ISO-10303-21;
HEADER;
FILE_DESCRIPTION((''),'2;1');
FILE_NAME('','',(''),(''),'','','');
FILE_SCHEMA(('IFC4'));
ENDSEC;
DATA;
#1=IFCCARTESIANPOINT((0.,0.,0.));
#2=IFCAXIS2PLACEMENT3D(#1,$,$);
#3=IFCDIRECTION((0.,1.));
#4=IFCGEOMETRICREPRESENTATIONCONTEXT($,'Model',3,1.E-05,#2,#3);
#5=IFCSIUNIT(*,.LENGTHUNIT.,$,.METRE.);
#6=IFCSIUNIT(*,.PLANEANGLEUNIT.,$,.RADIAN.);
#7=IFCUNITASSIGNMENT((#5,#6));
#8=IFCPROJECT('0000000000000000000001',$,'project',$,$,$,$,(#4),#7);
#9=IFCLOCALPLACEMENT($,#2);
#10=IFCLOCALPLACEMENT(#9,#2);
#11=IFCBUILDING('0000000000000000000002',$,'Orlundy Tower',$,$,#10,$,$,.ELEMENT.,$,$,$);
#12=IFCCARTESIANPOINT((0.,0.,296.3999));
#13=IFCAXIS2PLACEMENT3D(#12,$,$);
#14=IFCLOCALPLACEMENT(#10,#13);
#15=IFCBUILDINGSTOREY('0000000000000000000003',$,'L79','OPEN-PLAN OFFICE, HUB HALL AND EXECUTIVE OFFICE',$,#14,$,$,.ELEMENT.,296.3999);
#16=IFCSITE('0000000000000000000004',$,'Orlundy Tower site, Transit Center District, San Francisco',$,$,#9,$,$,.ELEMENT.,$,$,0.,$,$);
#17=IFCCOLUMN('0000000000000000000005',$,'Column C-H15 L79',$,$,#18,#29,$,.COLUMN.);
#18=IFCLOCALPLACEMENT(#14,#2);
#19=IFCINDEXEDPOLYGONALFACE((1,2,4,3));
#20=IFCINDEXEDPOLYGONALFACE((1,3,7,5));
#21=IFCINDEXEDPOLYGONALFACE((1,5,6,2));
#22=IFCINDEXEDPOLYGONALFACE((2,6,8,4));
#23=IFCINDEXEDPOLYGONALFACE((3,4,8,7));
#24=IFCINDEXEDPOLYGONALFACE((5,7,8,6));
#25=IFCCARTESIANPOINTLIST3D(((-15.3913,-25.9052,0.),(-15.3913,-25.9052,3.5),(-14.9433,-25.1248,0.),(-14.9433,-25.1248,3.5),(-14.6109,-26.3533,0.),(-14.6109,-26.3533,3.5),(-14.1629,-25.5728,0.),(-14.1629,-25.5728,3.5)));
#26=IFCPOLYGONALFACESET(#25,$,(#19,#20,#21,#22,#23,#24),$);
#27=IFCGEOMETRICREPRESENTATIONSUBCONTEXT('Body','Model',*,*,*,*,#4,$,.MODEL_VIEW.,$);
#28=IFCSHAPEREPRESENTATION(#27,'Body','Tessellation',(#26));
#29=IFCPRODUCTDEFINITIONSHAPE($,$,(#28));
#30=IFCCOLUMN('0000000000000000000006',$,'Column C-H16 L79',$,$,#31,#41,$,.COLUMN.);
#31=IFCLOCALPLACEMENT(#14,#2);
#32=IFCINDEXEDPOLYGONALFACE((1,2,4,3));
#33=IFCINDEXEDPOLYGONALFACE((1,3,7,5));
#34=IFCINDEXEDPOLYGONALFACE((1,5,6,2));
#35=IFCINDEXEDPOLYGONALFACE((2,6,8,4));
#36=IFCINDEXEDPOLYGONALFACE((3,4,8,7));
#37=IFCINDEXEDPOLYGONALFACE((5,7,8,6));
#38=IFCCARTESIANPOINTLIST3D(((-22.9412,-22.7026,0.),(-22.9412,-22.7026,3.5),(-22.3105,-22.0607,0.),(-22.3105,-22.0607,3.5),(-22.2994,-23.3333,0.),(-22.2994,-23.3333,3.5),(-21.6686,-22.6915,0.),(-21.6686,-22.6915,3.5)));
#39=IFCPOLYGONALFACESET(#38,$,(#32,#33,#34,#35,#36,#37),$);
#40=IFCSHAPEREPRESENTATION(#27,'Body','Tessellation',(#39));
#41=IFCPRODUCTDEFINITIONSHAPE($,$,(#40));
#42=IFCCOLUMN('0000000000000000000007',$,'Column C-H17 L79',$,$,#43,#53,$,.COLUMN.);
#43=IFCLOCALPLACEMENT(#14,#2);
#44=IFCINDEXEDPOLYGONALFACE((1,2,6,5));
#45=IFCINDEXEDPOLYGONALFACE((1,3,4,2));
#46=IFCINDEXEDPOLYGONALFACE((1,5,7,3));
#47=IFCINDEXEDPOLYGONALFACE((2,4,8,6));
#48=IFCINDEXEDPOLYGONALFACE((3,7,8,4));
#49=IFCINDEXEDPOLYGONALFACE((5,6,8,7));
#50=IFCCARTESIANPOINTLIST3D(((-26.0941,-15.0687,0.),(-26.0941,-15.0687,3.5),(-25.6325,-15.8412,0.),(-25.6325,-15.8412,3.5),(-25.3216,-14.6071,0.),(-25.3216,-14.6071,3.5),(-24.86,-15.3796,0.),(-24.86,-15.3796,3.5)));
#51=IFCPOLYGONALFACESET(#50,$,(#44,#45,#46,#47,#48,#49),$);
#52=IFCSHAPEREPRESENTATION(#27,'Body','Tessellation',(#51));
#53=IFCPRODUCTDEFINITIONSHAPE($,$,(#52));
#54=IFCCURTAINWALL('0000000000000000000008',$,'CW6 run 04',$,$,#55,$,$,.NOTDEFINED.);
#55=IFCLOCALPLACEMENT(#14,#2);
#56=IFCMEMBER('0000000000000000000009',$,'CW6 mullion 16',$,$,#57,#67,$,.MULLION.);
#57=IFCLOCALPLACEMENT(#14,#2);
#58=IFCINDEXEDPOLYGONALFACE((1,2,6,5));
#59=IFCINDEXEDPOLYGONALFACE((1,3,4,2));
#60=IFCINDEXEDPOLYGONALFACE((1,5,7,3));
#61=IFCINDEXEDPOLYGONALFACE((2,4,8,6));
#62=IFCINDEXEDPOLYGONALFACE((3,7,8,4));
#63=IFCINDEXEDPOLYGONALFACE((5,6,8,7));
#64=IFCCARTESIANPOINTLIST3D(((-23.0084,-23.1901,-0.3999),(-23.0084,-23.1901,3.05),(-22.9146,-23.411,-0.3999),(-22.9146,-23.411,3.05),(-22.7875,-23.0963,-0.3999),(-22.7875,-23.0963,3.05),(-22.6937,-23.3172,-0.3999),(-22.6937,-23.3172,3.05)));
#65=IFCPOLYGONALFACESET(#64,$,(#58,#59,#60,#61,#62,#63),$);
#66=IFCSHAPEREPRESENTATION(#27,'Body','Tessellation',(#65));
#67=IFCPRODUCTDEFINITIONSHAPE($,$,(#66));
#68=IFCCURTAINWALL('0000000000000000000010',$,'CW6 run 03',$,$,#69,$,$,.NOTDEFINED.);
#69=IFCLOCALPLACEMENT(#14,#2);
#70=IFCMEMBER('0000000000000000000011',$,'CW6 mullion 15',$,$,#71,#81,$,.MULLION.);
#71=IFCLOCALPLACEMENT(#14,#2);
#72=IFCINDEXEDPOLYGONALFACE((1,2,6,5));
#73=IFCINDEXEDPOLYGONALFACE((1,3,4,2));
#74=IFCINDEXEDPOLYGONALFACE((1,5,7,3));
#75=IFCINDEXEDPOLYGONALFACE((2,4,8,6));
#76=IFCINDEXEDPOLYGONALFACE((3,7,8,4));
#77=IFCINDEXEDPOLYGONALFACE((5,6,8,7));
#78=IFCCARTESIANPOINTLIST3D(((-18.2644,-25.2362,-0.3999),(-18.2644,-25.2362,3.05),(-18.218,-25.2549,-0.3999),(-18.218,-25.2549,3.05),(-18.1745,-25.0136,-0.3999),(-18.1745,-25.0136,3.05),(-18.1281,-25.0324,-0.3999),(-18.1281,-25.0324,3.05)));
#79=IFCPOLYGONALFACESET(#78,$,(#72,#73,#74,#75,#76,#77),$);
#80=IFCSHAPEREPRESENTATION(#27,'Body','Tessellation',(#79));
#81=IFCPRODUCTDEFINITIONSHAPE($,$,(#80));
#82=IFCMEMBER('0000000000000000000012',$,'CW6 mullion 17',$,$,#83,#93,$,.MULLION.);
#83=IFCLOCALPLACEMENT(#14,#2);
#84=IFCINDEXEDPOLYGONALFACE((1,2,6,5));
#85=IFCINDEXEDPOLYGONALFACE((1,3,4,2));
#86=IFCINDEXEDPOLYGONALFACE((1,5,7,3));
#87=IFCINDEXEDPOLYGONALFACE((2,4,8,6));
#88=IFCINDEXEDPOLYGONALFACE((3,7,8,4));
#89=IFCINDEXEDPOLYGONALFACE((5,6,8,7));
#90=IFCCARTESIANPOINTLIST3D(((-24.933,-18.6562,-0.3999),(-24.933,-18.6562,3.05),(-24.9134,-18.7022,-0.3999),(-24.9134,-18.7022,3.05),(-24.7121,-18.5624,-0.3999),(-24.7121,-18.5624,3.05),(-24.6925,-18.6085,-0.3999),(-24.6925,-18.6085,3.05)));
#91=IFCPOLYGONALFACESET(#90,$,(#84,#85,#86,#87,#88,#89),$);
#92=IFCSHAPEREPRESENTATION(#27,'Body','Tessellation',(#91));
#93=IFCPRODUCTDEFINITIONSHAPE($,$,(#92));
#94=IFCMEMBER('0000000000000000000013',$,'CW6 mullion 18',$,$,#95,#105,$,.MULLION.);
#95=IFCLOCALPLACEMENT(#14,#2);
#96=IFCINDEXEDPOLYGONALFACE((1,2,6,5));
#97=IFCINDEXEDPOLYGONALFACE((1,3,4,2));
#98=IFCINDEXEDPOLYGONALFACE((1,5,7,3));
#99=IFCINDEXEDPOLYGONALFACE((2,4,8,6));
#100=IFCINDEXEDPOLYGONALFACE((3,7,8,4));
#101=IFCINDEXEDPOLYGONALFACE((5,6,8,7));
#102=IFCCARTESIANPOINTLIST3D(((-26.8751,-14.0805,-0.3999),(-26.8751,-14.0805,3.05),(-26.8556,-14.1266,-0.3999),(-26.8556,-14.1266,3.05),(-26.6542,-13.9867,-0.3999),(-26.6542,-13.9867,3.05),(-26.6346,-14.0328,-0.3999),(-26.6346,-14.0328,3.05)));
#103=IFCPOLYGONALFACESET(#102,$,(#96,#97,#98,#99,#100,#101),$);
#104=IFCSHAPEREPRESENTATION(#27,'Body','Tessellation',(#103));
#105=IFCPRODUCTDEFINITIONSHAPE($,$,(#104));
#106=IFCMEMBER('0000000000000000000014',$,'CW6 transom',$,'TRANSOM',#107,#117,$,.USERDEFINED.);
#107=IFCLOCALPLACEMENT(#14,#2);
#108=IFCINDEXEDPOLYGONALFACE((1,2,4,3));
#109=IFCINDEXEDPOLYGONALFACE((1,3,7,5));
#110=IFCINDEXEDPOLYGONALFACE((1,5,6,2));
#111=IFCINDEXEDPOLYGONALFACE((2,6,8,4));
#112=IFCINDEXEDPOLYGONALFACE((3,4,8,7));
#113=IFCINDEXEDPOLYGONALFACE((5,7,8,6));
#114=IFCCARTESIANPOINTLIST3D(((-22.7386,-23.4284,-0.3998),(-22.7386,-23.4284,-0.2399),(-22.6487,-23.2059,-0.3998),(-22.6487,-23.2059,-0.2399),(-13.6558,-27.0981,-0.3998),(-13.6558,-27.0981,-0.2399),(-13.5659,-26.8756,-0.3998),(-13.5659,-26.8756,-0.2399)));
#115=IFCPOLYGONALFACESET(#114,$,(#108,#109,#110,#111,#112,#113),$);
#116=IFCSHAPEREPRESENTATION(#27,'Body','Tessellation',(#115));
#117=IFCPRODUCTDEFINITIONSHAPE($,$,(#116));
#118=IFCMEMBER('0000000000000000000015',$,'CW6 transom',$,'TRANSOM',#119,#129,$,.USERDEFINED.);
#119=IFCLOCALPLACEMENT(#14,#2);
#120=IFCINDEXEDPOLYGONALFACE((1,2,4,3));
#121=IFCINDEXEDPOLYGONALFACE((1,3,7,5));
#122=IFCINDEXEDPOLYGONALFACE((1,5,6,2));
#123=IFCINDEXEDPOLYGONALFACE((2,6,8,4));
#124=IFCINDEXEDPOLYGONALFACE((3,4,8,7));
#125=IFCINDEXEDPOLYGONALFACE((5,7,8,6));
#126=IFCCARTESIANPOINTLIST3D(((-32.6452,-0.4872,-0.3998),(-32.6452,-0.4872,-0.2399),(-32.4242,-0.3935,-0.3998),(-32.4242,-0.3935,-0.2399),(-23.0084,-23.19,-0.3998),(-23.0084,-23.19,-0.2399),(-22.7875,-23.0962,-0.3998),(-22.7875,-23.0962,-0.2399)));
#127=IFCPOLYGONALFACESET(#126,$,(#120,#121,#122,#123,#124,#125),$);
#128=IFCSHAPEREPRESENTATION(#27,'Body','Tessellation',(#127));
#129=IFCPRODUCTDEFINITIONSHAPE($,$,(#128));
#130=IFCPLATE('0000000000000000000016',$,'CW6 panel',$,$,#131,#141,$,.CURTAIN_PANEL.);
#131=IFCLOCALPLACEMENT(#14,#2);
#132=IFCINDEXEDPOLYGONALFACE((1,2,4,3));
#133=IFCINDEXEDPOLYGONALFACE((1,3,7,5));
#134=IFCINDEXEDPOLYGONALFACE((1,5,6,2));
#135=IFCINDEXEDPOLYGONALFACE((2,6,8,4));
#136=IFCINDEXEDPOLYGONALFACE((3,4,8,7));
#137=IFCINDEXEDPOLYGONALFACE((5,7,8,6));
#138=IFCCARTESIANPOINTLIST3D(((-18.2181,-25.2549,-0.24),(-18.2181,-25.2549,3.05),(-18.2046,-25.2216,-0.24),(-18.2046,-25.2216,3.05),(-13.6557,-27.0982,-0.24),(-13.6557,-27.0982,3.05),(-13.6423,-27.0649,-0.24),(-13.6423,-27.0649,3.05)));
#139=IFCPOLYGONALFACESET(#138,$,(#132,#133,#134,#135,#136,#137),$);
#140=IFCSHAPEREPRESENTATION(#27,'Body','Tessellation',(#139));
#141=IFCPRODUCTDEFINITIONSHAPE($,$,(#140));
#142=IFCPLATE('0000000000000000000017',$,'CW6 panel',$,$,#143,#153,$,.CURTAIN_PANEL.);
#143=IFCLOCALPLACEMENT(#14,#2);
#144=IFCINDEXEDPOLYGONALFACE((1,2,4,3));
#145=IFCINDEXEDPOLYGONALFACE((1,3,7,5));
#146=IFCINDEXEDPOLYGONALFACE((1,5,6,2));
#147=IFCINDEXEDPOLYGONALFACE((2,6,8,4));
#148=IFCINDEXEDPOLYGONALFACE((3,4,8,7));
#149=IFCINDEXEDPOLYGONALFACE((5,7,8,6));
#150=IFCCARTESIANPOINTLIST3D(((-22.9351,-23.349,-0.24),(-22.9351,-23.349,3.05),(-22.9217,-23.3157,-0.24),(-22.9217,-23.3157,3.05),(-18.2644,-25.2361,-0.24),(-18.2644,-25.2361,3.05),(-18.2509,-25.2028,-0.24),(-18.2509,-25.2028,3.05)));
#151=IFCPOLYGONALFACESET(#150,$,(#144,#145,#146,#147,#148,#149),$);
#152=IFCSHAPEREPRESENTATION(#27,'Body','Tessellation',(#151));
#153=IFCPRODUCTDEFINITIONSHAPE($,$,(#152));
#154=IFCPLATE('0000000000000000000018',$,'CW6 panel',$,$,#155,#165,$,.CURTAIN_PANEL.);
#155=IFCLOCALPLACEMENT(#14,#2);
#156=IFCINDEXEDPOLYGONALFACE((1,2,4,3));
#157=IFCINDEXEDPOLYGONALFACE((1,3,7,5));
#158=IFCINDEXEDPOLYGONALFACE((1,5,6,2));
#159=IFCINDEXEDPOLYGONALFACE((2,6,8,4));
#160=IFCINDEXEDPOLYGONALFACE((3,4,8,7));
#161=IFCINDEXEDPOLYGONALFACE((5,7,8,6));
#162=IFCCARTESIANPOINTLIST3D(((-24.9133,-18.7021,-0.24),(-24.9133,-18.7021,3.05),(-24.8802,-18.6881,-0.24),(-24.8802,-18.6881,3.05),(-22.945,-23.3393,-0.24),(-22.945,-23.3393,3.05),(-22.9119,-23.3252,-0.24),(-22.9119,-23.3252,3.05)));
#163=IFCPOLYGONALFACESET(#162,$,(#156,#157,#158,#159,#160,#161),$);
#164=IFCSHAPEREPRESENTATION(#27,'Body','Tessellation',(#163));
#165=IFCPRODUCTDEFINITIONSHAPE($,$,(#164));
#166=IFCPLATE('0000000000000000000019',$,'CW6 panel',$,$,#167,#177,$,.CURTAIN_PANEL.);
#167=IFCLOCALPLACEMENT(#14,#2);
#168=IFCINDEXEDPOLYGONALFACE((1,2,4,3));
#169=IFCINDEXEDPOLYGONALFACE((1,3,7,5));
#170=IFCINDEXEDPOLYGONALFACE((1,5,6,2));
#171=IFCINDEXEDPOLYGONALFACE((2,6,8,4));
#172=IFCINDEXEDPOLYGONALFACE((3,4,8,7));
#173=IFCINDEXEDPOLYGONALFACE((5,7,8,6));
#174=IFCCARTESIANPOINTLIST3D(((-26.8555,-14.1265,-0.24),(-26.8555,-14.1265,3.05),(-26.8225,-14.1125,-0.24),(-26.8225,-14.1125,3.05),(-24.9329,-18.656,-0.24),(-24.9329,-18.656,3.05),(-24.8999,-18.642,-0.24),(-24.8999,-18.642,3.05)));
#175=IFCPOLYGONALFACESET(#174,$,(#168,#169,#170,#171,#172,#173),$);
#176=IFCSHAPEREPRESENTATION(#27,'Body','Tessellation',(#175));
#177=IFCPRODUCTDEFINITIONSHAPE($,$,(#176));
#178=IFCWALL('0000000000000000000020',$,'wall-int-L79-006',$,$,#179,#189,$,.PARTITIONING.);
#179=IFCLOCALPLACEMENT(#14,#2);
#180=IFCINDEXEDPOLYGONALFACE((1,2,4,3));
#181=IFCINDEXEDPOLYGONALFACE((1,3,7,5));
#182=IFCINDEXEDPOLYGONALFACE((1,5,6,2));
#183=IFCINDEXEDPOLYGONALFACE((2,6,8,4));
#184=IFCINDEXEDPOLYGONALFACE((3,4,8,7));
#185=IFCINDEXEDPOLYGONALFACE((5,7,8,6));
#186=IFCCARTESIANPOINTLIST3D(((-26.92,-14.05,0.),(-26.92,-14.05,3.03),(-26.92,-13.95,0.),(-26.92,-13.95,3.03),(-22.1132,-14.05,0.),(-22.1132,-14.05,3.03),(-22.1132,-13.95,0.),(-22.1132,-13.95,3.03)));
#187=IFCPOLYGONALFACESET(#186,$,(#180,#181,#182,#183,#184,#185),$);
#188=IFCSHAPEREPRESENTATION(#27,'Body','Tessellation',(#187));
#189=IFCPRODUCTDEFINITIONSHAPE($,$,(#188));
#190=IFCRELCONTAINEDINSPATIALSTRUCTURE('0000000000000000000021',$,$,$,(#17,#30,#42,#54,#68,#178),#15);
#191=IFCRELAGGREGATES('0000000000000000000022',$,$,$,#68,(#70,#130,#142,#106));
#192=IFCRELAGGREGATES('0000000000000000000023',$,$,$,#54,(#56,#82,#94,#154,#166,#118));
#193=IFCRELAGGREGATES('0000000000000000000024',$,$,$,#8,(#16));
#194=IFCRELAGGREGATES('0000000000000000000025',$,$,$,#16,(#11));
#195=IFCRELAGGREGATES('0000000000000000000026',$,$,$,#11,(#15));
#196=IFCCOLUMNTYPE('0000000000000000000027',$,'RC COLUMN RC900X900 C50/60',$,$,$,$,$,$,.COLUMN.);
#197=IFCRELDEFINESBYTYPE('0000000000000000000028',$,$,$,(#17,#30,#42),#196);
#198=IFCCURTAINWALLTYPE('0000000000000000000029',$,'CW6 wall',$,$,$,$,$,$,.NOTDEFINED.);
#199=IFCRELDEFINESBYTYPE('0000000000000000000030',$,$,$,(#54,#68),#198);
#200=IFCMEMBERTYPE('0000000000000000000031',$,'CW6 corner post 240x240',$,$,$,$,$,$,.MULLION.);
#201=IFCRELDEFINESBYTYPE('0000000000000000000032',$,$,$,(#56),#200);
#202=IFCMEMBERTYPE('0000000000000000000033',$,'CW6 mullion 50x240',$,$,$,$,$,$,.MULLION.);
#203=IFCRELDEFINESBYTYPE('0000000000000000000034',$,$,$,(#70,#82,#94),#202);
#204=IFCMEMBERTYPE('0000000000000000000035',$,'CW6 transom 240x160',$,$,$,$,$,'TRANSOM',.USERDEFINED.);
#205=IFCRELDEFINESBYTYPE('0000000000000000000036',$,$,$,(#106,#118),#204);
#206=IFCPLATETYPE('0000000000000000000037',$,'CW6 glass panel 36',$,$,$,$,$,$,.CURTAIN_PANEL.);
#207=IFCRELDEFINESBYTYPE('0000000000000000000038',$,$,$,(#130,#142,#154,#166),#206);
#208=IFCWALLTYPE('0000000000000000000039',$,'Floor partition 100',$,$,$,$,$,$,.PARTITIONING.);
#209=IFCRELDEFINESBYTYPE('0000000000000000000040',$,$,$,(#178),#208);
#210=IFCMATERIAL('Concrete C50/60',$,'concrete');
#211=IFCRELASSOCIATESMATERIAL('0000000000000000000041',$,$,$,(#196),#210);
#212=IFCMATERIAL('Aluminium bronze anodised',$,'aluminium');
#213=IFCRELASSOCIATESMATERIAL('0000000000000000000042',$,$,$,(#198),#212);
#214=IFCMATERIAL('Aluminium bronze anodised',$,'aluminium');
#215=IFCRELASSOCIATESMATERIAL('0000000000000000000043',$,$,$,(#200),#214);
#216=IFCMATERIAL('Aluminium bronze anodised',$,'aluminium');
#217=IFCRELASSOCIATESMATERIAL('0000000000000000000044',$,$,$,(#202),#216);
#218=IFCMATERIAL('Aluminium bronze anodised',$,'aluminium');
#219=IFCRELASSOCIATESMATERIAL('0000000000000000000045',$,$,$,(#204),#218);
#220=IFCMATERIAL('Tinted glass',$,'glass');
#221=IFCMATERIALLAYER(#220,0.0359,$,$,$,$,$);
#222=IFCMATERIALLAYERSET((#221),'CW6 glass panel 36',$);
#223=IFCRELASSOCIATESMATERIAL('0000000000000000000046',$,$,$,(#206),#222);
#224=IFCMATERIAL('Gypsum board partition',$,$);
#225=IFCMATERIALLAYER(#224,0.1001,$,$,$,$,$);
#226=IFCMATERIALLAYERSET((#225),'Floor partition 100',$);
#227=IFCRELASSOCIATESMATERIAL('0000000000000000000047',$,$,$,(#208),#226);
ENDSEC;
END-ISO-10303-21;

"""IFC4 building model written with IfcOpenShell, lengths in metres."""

from ifc_helpers import new_model, si_unit, direction, frame, frame_2d, origin, origin_2d, place, context, subcontext, project, spatial, rectangle, extrude, material, layer, layer_set, material_profile, profile_set, type_object, element, aggregate, save


model = new_model("IFC4")

# Units and contexts
model_context = context("Model", 3, precision=1e-05, world=origin(), true_north=direction((0.0, 1.0)))
body_context = subcontext(model_context, "Body", "Model", "MODEL_VIEW")
ifc_project = project(units=[si_unit("LENGTHUNIT", "METRE"), si_unit("PLANEANGLEUNIT", "RADIAN")], contexts=[model_context])

# Site, building, storey
site_placement = place(None, origin())
site = spatial("IfcSite", under=ifc_project, at=site_placement, Name="Orlundy Tower site, Transit Center District, San Francisco", CompositionType="ELEMENT", RefElevation=0.0)
building_placement = place(site_placement, origin())
building = spatial("IfcBuilding", under=site, at=building_placement, Name="Orlundy Tower", CompositionType="ELEMENT")
storey_placement = place(building_placement, frame((0.0, 0.0, 296.3999)))
storey = spatial("IfcBuildingStorey", under=building, at=storey_placement, Name="L79", Description="OPEN-PLAN OFFICE, HUB HALL AND EXECUTIVE OFFICE", CompositionType="ELEMENT", Elevation=296.3999)

# Columns
ifc_material_1 = material(Name="Concrete C50/60", Category="concrete")
ifc_material_profile_1 = material_profile(ifc_material_1, rectangle(XDim=0.8999, YDim=0.8999, at=origin_2d()), Name="RC900X900")
ifc_profile_set_1 = profile_set([ifc_material_profile_1], Name="Concrete C50/60")
column_type = type_object("IfcColumnType", Name="RC COLUMN RC900X900 C50/60", PredefinedType="COLUMN", material=ifc_profile_set_1)
for number, where, z_axis, x_axis, name in (
    (1, (-14.7771, -25.739, 0.0), (0.0, 0.0, 1.0), (-0.497898, -0.867236, 0.0), "Column C-H15 L79"),
    (2, (-22.3049, -22.697, 0.0), (0.0, 0.0, 1.0), (-0.700922, -0.713238, 0.0), "Column C-H16 L79"),
    (3, (-25.4771, -15.2241, 0.0), (0.0, 0.0, 1.0), (-0.858414, -0.512957, 0.0), "Column C-H17 L79"),
):
    element("IfcColumn", number, at=place(storey_placement, frame(where, z_axis=z_axis, x_axis=x_axis)), inside=storey, type_object=column_type, Name=name, PredefinedType="COLUMN", context=body_context, shape_type="SweptSolid", body=[
        extrude(rectangle(XDim=0.8999, YDim=0.8999, at=origin_2d()), origin(), (0.0, 0.0, 1.0), 3.5),
    ])

# Curtain walls, members
ifc_material_2 = material(Name="Aluminium bronze anodised", Category="aluminium")
curtain_wall_type = type_object("IfcCurtainWallType", Name="CW6 wall", PredefinedType="NOTDEFINED", material=ifc_material_2)
curtain_wall_1_placement = place(storey_placement, origin())
curtain_wall_1 = element("IfcCurtainWall", 4, at=curtain_wall_1_placement, inside=storey, type_object=curtain_wall_type, Name="CW6 run 04", PredefinedType="NOTDEFINED")
ifc_material_3 = material(Name="Aluminium bronze anodised", Category="aluminium")
ifc_material_profile_2 = material_profile(ifc_material_3, rectangle(XDim=0.24, YDim=0.24, at=origin_2d()), Name="CW6 corner post 240x240")
ifc_profile_set_2 = profile_set([ifc_material_profile_2], Name="Aluminium bronze anodised")
member_type_1 = type_object("IfcMemberType", Name="CW6 corner post 240x240", PredefinedType="MULLION", material=ifc_profile_set_2)
member_1_placement = place(storey_placement, frame((-22.8511, -23.2537, -0.3999), z_axis=(0.0, 0.0, 1.0), x_axis=(-0.920507, -0.390727, 0.0)))
member_1 = element("IfcMember", 5, at=member_1_placement, type_object=member_type_1, Name="CW6 mullion 16", PredefinedType="MULLION", context=body_context, shape_type="SweptSolid", body=[
    extrude(rectangle(XDim=0.24, YDim=0.24, at=origin_2d()), origin(), (0.0, 0.0, 1.0), 3.45),
])
curtain_wall_2_placement = place(storey_placement, origin())
curtain_wall_2 = element("IfcCurtainWall", 6, at=curtain_wall_2_placement, inside=storey, type_object=curtain_wall_type, Name="CW6 run 03", PredefinedType="NOTDEFINED")
ifc_material_4 = material(Name="Aluminium bronze anodised", Category="aluminium")
ifc_material_profile_3 = material_profile(ifc_material_4, rectangle(XDim=0.24, YDim=0.05, at=origin_2d()), Name="CW6 mullion 50x240")
ifc_profile_set_3 = profile_set([ifc_material_profile_3], Name="Aluminium bronze anodised")
member_type_2 = type_object("IfcMemberType", Name="CW6 mullion 50x240", PredefinedType="MULLION", material=ifc_profile_set_3)
member_2_placement = place(storey_placement, frame((-18.1963, -25.1343, -0.3999), z_axis=(0.0, 0.0, 1.0), x_axis=(-0.374607, -0.927184, 0.0)))
member_2 = element("IfcMember", 7, at=member_2_placement, type_object=member_type_2, Name="CW6 mullion 15", PredefinedType="MULLION", context=body_context, shape_type="SweptSolid", body=[
    extrude(rectangle(XDim=0.24, YDim=0.05, at=origin_2d()), origin(), (0.0, 0.0, 1.0), 3.45),
])

# Members
member_3_placement = place(storey_placement, frame((-24.8127, -18.6323, -0.3999), z_axis=(0.0, 0.0, 1.0), x_axis=(-0.920507, -0.390727, 0.0)))
member_3 = element("IfcMember", 8, at=member_3_placement, type_object=member_type_2, Name="CW6 mullion 17", PredefinedType="MULLION", context=body_context, shape_type="SweptSolid", body=[
    extrude(rectangle(XDim=0.24, YDim=0.05, at=origin_2d()), origin(), (0.0, 0.0, 1.0), 3.45),
])
member_4_placement = place(storey_placement, frame((-26.7549, -14.0566, -0.3999), z_axis=(0.0, 0.0, 1.0), x_axis=(-0.920507, -0.390727, 0.0)))
member_4 = element("IfcMember", 9, at=member_4_placement, type_object=member_type_2, Name="CW6 mullion 18", PredefinedType="MULLION", context=body_context, shape_type="SweptSolid", body=[
    extrude(rectangle(XDim=0.24, YDim=0.05, at=origin_2d()), origin(), (0.0, 0.0, 1.0), 3.45),
])
ifc_material_5 = material(Name="Aluminium bronze anodised", Category="aluminium")
ifc_material_profile_4 = material_profile(ifc_material_5, rectangle(XDim=0.24, YDim=0.1599, at=origin_2d()), Name="CW6 transom 240x160")
ifc_profile_set_4 = profile_set([ifc_material_profile_4], Name="Aluminium bronze anodised")
member_type_3 = type_object("IfcMemberType", Name="CW6 transom 240x160", ElementType="TRANSOM", PredefinedType="USERDEFINED", material=ifc_profile_set_4)
member_5_placement = place(storey_placement, frame((-13.6108, -26.9868, -0.3198), z_axis=(-0.927184, 0.374607, 0.0), x_axis=(-0.374607, -0.927184, 0.0)))
member_5 = element("IfcMember", 10, at=member_5_placement, type_object=member_type_3, Name="CW6 transom", ObjectType="TRANSOM", PredefinedType="USERDEFINED", context=body_context, shape_type="SweptSolid", body=[
    extrude(rectangle(XDim=0.24, YDim=0.1599, at=origin_2d()), origin(), (0.0, 0.0, 1.0), 9.7961),
])
member_6_placement = place(storey_placement, frame((-22.8979, -23.1431, -0.3198), z_axis=(-0.390732, 0.920505, 0.0), x_axis=(-0.920505, -0.390732, 0.0)))
member_6 = element("IfcMember", 11, at=member_6_placement, type_object=member_type_3, Name="CW6 transom", ObjectType="TRANSOM", PredefinedType="USERDEFINED", context=body_context, shape_type="SweptSolid", body=[
    extrude(rectangle(XDim=0.24, YDim=0.1599, at=origin_2d()), origin(), (0.0, 0.0, 1.0), 24.6633),
])

# Plates
ifc_material_6 = material(Name="Tinted glass", Category="glass")
ifc_layer_1 = layer(ifc_material_6, 0.0359)
ifc_layer_set_1 = layer_set([ifc_layer_1], Name="CW6 glass panel 36")
plate_type = type_object("IfcPlateType", Name="CW6 glass panel 36", PredefinedType="CURTAIN_PANEL", material=ifc_layer_set_1)
plate_1_placement = place(storey_placement, frame((-15.9302, -26.1599, -0.24), z_axis=(0.0, 0.0, 1.0), x_axis=(-0.927184, 0.374607, 0.0)))
plate_1 = element("IfcPlate", 12, at=plate_1_placement, type_object=plate_type, Name="CW6 panel", PredefinedType="CURTAIN_PANEL", context=body_context, shape_type="SweptSolid", body=[
    extrude(rectangle(XDim=4.9207, YDim=0.0359, at=origin_2d()), origin(), (0.0, 0.0, 1.0), 3.29),
])
plate_2_placement = place(storey_placement, frame((-20.593, -24.2759, -0.24), z_axis=(0.0, 0.0, 1.0), x_axis=(-0.927184, 0.374607, 0.0)))
plate_2 = element("IfcPlate", 13, at=plate_2_placement, type_object=plate_type, Name="CW6 panel", PredefinedType="CURTAIN_PANEL", context=body_context, shape_type="SweptSolid", body=[
    extrude(rectangle(XDim=5.0376, YDim=0.0359, at=origin_2d()), origin(), (0.0, 0.0, 1.0), 3.29),
])
aggregate(curtain_wall_2, [member_2, plate_1, plate_2, member_5])
plate_3_placement = place(storey_placement, frame((-23.9126, -21.0137, -0.24), z_axis=(0.0, 0.0, 1.0), x_axis=(-0.390727, 0.920507, 0.0)))
plate_3 = element("IfcPlate", 14, at=plate_3_placement, type_object=plate_type, Name="CW6 panel", PredefinedType="CURTAIN_PANEL", context=body_context, shape_type="SweptSolid", body=[
    extrude(rectangle(XDim=5.0376, YDim=0.0359, at=origin_2d()), origin(), (0.0, 0.0, 1.0), 3.29),
])
plate_4_placement = place(storey_placement, frame((-25.8777, -16.3843, -0.24), z_axis=(0.0, 0.0, 1.0), x_axis=(-0.390727, 0.920507, 0.0)))
plate_4 = element("IfcPlate", 15, at=plate_4_placement, type_object=plate_type, Name="CW6 panel", PredefinedType="CURTAIN_PANEL", context=body_context, shape_type="SweptSolid", body=[
    extrude(rectangle(XDim=4.9207, YDim=0.0359, at=origin_2d()), origin(), (0.0, 0.0, 1.0), 3.29),
])
aggregate(curtain_wall_1, [member_1, member_3, member_4, plate_3, plate_4, member_6])

# Wall
ifc_material_7 = material(Name="Gypsum board partition")
ifc_layer_2 = layer(ifc_material_7, 0.1001)
ifc_layer_set_2 = layer_set([ifc_layer_2], Name="Floor partition 100")
wall_type_1 = type_object("IfcWallType", Name="Floor partition 100", PredefinedType="PARTITIONING", material=ifc_layer_set_2)
wall_1_placement = place(storey_placement, frame((-26.9199, -14.0, 0.0), z_axis=(0.0, 0.0, 1.0), x_axis=(1.0, 0.0, 0.0)))
element("IfcWall", 16, at=wall_1_placement, inside=storey, type_object=wall_type_1, Name="wall-int-L79-006", PredefinedType="PARTITIONING", context=body_context, shape_type="SweptSolid", body=[
    extrude(rectangle(XDim=4.8069, YDim=0.1001, at=frame_2d((2.4033, 0.0))), origin(), (0.0, 0.0, 1.0), 3.03),
])

save(model, "model.ifc")
